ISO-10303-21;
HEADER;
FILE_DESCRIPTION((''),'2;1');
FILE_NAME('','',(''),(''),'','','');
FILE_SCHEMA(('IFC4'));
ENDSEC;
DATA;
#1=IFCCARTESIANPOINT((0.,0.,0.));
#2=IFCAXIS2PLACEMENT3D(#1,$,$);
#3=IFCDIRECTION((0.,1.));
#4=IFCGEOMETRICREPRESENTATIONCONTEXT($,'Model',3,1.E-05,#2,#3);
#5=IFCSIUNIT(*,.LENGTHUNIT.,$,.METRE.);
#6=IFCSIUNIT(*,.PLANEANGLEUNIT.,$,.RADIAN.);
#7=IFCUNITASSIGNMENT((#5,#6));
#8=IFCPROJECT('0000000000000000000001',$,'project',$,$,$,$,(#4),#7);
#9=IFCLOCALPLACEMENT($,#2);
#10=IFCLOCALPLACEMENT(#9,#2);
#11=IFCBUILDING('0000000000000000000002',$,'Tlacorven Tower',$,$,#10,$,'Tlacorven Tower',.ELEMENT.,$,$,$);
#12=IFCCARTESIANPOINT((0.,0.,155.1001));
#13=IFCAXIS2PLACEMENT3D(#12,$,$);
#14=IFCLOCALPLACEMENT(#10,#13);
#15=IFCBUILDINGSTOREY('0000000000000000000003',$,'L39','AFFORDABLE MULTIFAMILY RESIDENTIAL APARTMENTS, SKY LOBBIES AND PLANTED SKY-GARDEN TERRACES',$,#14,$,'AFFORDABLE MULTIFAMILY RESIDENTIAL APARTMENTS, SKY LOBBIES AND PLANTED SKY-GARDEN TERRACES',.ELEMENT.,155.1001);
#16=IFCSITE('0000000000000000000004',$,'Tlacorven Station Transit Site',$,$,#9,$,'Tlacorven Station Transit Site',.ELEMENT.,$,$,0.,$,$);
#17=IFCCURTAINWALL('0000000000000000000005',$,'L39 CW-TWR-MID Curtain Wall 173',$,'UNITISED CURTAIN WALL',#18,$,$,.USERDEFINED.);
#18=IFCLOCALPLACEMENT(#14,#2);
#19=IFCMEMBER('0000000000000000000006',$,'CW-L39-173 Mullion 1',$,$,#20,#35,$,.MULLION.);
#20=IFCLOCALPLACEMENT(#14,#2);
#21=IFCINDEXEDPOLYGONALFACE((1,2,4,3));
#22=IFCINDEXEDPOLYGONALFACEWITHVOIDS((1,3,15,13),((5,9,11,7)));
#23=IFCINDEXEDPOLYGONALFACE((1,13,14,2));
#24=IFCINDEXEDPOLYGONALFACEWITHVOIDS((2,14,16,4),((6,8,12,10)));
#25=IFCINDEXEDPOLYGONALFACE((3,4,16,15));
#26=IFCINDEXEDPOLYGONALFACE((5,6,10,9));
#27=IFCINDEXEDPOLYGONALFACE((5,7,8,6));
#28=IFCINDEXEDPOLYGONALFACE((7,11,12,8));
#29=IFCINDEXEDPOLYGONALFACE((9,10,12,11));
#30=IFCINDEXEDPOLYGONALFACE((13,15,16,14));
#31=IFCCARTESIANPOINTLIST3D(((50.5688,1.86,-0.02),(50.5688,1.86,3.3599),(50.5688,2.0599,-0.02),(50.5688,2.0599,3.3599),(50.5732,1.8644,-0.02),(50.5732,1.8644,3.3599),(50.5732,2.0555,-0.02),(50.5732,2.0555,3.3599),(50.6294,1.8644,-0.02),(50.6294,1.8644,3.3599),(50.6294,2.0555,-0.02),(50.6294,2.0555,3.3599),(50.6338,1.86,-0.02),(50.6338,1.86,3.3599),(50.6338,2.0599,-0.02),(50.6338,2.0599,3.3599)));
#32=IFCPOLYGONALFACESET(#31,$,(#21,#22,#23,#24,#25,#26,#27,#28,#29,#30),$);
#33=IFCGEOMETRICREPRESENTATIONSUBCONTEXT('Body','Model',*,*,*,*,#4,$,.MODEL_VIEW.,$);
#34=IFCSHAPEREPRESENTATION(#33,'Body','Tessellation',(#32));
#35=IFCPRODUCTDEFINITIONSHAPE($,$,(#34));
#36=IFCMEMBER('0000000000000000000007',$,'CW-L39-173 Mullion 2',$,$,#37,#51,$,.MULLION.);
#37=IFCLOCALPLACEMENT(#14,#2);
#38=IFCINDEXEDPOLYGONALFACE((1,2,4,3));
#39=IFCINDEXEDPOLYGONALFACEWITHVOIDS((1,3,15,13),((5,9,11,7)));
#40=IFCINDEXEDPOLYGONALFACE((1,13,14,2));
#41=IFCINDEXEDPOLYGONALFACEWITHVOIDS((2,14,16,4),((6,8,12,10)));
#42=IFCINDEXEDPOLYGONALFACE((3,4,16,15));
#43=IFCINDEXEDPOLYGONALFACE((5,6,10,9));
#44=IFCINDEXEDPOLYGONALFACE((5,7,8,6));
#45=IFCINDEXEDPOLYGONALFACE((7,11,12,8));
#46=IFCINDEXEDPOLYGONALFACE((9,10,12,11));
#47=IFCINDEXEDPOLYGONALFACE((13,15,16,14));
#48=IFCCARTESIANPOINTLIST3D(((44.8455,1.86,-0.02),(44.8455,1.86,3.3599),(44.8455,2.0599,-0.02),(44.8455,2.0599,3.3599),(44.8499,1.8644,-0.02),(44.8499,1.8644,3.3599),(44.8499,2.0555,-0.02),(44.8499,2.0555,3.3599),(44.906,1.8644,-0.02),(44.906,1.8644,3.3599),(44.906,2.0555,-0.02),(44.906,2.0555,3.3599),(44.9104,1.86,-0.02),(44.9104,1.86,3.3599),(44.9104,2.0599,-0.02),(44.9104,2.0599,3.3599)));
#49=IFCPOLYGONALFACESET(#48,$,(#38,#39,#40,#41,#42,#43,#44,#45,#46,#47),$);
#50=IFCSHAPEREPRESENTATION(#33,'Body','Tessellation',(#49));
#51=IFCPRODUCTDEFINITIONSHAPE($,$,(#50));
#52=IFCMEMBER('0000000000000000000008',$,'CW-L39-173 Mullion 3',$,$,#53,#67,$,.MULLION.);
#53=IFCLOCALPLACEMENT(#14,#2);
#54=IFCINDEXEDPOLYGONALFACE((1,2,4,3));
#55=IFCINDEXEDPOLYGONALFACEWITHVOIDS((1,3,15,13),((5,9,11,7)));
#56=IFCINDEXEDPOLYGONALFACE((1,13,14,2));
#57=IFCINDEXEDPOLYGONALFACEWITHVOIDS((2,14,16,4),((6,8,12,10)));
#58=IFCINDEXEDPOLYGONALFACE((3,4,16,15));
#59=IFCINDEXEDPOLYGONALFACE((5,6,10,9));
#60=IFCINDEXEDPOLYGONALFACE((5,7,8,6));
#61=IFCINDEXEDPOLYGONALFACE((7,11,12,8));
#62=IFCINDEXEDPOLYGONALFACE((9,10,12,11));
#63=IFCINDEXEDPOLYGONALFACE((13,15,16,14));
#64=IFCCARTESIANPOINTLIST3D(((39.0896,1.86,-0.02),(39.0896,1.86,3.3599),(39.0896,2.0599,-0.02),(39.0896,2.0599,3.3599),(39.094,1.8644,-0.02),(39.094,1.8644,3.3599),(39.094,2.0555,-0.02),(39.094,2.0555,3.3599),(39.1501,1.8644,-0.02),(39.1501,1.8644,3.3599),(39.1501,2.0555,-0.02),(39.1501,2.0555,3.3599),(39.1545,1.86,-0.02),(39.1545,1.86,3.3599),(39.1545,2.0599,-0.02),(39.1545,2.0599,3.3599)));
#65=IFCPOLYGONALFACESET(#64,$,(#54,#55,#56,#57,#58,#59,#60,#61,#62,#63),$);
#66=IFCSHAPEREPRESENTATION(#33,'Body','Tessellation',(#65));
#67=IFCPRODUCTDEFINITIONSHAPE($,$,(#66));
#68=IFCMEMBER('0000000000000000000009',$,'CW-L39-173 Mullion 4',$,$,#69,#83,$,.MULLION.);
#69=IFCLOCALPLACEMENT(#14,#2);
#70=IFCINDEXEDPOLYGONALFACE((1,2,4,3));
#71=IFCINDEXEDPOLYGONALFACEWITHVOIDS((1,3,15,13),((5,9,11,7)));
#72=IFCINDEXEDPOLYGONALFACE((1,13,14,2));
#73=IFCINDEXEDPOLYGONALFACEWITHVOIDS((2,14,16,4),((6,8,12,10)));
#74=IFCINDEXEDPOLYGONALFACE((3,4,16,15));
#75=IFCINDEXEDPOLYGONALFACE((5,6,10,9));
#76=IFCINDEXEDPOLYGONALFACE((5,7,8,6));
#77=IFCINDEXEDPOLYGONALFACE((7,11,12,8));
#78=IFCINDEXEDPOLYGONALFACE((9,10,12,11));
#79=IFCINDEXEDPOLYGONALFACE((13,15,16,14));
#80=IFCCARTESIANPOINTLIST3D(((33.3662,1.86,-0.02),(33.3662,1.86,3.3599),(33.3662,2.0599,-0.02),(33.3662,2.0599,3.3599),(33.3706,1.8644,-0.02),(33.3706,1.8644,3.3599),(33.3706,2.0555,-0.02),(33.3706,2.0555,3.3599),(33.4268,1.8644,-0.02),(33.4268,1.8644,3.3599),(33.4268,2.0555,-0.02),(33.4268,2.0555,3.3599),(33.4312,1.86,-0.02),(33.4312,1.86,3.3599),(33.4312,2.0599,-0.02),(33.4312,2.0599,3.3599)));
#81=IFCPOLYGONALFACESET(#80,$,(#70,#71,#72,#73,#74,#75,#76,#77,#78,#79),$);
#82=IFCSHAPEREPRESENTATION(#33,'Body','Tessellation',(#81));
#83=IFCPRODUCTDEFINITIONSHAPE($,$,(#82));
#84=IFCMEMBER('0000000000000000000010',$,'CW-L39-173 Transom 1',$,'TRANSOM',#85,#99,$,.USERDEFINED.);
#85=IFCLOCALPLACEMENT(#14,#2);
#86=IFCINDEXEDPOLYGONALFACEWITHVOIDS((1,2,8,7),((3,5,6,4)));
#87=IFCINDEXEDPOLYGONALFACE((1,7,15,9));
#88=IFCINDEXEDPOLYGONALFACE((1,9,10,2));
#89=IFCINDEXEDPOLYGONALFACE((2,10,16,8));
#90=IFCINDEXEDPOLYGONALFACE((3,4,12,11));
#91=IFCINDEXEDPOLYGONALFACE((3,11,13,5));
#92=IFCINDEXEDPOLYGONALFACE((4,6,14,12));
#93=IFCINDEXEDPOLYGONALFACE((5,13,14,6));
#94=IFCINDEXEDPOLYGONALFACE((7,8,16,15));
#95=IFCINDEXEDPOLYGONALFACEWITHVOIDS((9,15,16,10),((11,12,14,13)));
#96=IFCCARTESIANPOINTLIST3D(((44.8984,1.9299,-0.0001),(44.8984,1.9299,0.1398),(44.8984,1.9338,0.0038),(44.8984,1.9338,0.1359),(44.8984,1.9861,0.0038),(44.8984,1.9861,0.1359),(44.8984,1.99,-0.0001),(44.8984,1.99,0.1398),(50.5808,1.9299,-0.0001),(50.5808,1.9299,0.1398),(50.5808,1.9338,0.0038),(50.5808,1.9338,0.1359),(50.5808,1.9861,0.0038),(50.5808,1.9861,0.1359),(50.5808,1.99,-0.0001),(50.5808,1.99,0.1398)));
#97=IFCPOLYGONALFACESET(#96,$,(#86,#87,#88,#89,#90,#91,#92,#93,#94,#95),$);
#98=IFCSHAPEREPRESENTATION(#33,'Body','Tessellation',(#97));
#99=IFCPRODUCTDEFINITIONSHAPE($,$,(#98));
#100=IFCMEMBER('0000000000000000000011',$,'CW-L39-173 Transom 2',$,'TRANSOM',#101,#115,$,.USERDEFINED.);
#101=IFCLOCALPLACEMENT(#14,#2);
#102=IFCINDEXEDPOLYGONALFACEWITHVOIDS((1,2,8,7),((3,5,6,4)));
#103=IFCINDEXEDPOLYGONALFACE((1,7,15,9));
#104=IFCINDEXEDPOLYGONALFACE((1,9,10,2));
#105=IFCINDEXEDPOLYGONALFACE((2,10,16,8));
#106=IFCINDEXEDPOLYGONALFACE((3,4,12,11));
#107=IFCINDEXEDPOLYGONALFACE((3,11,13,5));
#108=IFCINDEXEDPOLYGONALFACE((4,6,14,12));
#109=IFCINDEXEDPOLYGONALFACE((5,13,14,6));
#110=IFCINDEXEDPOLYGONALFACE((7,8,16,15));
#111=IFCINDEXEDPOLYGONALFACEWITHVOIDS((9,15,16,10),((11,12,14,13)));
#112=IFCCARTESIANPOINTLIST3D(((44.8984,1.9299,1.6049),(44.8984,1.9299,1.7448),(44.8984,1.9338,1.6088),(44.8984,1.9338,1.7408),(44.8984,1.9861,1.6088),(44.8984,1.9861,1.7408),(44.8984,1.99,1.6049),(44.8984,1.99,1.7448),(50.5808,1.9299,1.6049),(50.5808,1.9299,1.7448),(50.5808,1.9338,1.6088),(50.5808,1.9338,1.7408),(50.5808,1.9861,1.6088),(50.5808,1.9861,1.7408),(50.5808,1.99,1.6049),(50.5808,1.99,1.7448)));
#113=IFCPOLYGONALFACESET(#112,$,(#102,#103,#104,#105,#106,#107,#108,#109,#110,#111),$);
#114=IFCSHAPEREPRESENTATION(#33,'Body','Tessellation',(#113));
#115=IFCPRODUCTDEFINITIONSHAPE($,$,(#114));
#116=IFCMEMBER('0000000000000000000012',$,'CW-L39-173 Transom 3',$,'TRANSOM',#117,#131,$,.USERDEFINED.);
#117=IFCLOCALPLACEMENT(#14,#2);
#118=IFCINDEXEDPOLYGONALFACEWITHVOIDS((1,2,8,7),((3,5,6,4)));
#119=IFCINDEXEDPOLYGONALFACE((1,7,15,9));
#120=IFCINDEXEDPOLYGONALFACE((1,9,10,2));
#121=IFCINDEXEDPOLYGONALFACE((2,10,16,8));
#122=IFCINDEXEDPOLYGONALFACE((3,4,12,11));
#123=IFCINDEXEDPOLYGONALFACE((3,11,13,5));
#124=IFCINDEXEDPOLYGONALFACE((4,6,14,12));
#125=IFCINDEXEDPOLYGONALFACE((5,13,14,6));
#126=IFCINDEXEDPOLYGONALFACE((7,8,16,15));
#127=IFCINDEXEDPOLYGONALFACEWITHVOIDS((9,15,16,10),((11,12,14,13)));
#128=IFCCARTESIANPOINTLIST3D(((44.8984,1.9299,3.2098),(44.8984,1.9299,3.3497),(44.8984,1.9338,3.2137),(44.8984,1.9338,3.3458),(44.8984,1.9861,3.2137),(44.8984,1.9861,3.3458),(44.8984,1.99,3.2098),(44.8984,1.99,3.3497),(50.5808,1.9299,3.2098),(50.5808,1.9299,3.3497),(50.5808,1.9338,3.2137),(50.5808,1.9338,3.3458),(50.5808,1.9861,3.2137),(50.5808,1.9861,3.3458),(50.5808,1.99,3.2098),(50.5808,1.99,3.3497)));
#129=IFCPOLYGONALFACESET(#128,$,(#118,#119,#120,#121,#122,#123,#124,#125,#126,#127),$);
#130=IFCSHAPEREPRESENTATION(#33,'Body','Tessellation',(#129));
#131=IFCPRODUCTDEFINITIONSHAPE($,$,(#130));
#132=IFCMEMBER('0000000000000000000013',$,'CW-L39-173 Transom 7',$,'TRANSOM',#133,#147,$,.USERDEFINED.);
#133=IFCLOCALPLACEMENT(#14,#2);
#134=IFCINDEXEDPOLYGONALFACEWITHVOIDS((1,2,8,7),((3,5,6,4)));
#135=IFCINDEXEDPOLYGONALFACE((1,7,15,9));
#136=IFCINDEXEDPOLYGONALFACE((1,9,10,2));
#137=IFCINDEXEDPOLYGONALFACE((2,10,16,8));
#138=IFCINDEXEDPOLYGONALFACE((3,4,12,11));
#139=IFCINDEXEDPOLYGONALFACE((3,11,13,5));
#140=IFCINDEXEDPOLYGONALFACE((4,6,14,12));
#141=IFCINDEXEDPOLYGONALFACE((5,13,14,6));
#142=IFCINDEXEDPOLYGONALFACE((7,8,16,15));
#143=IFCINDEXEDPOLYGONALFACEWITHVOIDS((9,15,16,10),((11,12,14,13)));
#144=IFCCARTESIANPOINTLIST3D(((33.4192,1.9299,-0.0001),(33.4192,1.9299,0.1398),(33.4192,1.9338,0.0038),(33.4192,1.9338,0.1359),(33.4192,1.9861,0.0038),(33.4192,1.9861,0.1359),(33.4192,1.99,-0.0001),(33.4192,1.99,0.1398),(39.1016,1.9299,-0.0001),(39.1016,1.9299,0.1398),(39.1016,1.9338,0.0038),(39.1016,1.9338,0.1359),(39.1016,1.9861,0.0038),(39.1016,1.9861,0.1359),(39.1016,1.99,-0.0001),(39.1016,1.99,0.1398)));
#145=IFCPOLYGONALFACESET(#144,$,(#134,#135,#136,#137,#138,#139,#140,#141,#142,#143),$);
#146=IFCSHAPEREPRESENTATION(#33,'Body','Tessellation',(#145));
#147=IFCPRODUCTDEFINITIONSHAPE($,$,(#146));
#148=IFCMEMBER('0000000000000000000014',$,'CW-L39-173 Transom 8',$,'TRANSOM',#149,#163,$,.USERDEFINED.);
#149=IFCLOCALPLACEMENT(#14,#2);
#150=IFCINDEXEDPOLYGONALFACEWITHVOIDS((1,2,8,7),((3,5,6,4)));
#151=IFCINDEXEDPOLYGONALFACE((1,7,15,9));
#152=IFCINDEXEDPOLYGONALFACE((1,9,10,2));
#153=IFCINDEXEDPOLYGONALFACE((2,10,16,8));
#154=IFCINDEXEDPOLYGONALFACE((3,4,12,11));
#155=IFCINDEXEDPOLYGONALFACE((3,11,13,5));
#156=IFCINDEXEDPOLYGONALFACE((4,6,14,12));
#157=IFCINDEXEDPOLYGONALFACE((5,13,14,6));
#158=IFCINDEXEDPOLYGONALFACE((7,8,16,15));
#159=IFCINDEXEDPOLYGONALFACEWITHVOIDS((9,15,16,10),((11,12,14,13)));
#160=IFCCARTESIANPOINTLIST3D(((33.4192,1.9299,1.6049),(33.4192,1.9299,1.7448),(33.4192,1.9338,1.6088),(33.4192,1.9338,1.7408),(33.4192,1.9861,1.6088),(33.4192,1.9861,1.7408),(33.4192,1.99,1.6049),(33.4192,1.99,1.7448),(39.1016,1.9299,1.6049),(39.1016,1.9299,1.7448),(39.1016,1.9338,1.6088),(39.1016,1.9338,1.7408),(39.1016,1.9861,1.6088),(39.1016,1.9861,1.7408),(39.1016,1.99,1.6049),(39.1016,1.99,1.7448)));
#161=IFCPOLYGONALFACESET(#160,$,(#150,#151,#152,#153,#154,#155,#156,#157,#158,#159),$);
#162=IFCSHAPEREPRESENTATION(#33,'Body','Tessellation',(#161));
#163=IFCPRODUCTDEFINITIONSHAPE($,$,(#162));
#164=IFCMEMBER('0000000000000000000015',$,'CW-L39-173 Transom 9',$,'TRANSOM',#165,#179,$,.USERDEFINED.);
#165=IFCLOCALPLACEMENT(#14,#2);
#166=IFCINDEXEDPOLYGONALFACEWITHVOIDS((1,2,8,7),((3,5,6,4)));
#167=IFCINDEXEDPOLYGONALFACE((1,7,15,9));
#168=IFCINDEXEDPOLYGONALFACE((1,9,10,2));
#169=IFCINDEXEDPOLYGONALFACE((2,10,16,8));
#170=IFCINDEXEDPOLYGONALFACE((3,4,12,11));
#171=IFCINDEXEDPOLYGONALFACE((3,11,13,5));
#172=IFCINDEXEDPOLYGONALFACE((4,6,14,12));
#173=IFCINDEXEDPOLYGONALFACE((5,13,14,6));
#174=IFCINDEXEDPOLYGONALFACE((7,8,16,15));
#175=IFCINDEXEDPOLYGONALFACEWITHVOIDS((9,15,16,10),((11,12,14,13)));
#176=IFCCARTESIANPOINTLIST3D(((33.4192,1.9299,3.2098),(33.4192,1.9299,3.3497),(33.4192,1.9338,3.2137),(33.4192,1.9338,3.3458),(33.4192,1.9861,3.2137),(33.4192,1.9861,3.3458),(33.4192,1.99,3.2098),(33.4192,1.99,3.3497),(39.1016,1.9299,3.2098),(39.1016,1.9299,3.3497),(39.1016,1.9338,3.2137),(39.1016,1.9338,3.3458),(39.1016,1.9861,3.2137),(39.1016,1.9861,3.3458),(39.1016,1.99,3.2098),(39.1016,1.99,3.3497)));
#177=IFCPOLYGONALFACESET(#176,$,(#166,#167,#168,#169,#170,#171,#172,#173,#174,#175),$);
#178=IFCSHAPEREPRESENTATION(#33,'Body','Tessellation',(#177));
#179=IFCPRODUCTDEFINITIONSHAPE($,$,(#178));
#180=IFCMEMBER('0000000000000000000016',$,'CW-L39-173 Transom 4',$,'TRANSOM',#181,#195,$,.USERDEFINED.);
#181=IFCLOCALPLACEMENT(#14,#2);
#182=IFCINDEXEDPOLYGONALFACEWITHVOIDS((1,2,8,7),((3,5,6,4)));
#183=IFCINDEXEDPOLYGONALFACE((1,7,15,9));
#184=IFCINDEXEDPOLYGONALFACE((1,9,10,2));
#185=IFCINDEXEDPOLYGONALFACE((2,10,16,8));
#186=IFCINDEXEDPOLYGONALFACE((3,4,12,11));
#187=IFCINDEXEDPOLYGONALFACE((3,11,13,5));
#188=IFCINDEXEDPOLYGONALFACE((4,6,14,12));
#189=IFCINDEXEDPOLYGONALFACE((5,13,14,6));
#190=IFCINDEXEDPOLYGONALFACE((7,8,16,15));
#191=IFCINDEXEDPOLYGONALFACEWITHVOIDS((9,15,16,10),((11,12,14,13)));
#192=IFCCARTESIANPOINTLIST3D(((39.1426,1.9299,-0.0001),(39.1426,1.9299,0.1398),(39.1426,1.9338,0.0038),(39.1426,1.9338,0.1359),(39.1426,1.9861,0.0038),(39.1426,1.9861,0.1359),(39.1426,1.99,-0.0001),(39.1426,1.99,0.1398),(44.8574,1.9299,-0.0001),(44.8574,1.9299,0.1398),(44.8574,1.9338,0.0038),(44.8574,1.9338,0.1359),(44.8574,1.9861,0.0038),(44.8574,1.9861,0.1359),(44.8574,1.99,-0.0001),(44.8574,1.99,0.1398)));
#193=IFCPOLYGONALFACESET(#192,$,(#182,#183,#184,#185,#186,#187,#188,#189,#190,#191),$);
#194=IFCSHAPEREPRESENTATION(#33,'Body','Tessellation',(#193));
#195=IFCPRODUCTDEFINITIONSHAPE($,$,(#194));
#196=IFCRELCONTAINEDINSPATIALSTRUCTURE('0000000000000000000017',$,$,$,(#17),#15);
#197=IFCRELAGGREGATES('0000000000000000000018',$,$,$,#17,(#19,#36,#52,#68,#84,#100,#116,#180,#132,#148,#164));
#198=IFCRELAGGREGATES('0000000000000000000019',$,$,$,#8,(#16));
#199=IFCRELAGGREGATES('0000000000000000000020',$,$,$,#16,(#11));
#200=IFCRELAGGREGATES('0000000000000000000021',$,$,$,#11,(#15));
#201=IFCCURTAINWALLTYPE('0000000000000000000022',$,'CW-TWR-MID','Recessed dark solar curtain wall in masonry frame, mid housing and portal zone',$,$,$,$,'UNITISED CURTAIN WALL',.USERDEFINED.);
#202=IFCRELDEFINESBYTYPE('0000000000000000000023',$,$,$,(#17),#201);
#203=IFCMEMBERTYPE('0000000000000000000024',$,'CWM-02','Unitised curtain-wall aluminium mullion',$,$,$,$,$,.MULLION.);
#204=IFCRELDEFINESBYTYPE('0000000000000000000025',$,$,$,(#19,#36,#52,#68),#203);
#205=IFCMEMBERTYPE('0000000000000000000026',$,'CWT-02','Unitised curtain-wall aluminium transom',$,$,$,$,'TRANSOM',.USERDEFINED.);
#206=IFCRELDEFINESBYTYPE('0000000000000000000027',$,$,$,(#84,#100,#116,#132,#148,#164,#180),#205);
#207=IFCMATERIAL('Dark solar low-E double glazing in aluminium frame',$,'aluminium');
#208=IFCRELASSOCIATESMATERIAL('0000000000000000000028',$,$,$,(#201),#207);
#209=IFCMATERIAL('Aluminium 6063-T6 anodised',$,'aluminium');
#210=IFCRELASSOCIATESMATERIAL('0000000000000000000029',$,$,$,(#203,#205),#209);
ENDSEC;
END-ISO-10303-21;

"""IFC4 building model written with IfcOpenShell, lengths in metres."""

from ifc_helpers import new_model, si_unit, direction, frame, origin, origin_2d, place, context, subcontext, project, spatial, hollow_rectangle, extrude, source, transform, mapped, material, material_profile, profile_set, type_object, element, aggregate, save


model = new_model("IFC4")

# Units and contexts
model_context = context("Model", 3, precision=1e-05, world=origin(), true_north=direction((0.0, 1.0)))
body_context = subcontext(model_context, "Body", "Model", "MODEL_VIEW")
ifc_project = project(units=[si_unit("LENGTHUNIT", "METRE"), si_unit("PLANEANGLEUNIT", "RADIAN")], contexts=[model_context])

# Site, building, storey
site_placement = place(None, origin())
site = spatial("IfcSite", under=ifc_project, at=site_placement, Name="Tlacorven Station Transit Site", LongName="Tlacorven Station Transit Site", CompositionType="ELEMENT", RefElevation=0.0)
building_placement = place(site_placement, origin())
building = spatial("IfcBuilding", under=site, at=building_placement, Name="Tlacorven Tower", LongName="Tlacorven Tower", CompositionType="ELEMENT")
storey_placement = place(building_placement, frame((0.0, 0.0, 155.1001)))
storey = spatial("IfcBuildingStorey", under=building, at=storey_placement, Name="L39", Description="AFFORDABLE MULTIFAMILY RESIDENTIAL APARTMENTS, SKY LOBBIES AND PLANTED SKY-GARDEN TERRACES", LongName="AFFORDABLE MULTIFAMILY RESIDENTIAL APARTMENTS, SKY LOBBIES AND PLANTED SKY-GARDEN TERRACES", CompositionType="ELEMENT", Elevation=155.1001)

# Curtain wall, members
ifc_material_1 = material(Name="Dark solar low-E double glazing in aluminium frame", Category="aluminium")
curtain_wall_type = type_object("IfcCurtainWallType", Name="CW-TWR-MID", Description="Recessed dark solar curtain wall in masonry frame, mid housing and portal zone", ElementType="UNITISED CURTAIN WALL", PredefinedType="USERDEFINED", material=ifc_material_1)
curtain_wall_placement = place(storey_placement, origin())
curtain_wall = element("IfcCurtainWall", 1, at=curtain_wall_placement, inside=storey, type_object=curtain_wall_type, Name="L39 CW-TWR-MID Curtain Wall 173", ObjectType="UNITISED CURTAIN WALL", PredefinedType="USERDEFINED")
ifc_material_2 = material(Name="Aluminium 6063-T6 anodised", Category="aluminium")
ifc_material_profile_1 = material_profile(ifc_material_2, hollow_rectangle(XDim=0.0649, YDim=0.2, WallThickness=0.0044, at=origin_2d()), Name="ALU MULLION 65X200")
ifc_profile_set_1 = profile_set([ifc_material_profile_1], Name="Aluminium 6063-T6 anodised")
member_type_1 = type_object("IfcMemberType", Name="CWM-02", Description="Unitised curtain-wall aluminium mullion", PredefinedType="MULLION", material=ifc_profile_set_1)
shared_shape_1 = source(origin(), body_context, "Body", "SweptSolid", [
    extrude(hollow_rectangle(XDim=0.0649, YDim=0.2, WallThickness=0.0044, at=origin_2d()), origin(), (0.0, 0.0, 1.0), 3.3799),
])
member_1_placement = place(storey_placement, frame((50.6013, 1.96, -0.02), z_axis=(0.0, 0.0, 1.0), x_axis=(-1.0, 0.0, 0.0)))
member_1 = element("IfcMember", 2, at=member_1_placement, type_object=member_type_1, Name="CW-L39-173 Mullion 1", PredefinedType="MULLION", context=body_context, shape_type="MappedRepresentation", body=[
    mapped(shared_shape_1, transform((0.0, 0.0, 0.0), scale=1.0)),
])
member_2_placement = place(storey_placement, frame((44.8779, 1.96, -0.02), z_axis=(0.0, 0.0, 1.0), x_axis=(-1.0, 0.0, 0.0)))
member_2 = element("IfcMember", 3, at=member_2_placement, type_object=member_type_1, Name="CW-L39-173 Mullion 2", PredefinedType="MULLION", context=body_context, shape_type="MappedRepresentation", body=[
    mapped(shared_shape_1, transform((0.0, 0.0, 0.0), scale=1.0)),
])
member_3_placement = place(storey_placement, frame((39.1221, 1.96, -0.02), z_axis=(0.0, 0.0, 1.0), x_axis=(-1.0, 0.0, 0.0)))
member_3 = element("IfcMember", 4, at=member_3_placement, type_object=member_type_1, Name="CW-L39-173 Mullion 3", PredefinedType="MULLION", context=body_context, shape_type="MappedRepresentation", body=[
    mapped(shared_shape_1, transform((0.0, 0.0, 0.0), scale=1.0)),
])
member_4_placement = place(storey_placement, frame((33.3987, 1.96, -0.02), z_axis=(0.0, 0.0, 1.0), x_axis=(-1.0, 0.0, 0.0)))
member_4 = element("IfcMember", 5, at=member_4_placement, type_object=member_type_1, Name="CW-L39-173 Mullion 4", PredefinedType="MULLION", context=body_context, shape_type="MappedRepresentation", body=[
    mapped(shared_shape_1, transform((0.0, 0.0, 0.0), scale=1.0)),
])
ifc_material_profile_2 = material_profile(ifc_material_2, hollow_rectangle(XDim=0.0601, YDim=0.1399, WallThickness=0.0039, at=origin_2d()), Name="ALU TRANSOM 60X140")
ifc_profile_set_2 = profile_set([ifc_material_profile_2], Name="Aluminium 6063-T6 anodised")
member_type_2 = type_object("IfcMemberType", Name="CWT-02", Description="Unitised curtain-wall aluminium transom", ElementType="TRANSOM", PredefinedType="USERDEFINED", material=ifc_profile_set_2)
shared_shape_2 = source(origin(), body_context, "Body", "SweptSolid", [
    extrude(hollow_rectangle(XDim=0.0601, YDim=0.1399, WallThickness=0.0039, at=origin_2d()), origin(), (0.0, 0.0, 1.0), 5.6824),
])
member_5_placement = place(storey_placement, frame((50.5808, 1.96, 0.0698), z_axis=(-1.0, 0.0, 0.0), x_axis=(0.0, -1.0, 0.0)))
member_5 = element("IfcMember", 6, at=member_5_placement, type_object=member_type_2, Name="CW-L39-173 Transom 1", ObjectType="TRANSOM", PredefinedType="USERDEFINED", context=body_context, shape_type="MappedRepresentation", body=[
    mapped(shared_shape_2, transform((0.0, 0.0, 0.0), scale=1.0)),
])
member_6_placement = place(storey_placement, frame((50.5808, 1.96, 1.6748), z_axis=(-1.0, 0.0, 0.0), x_axis=(0.0, -1.0, 0.0)))
member_6 = element("IfcMember", 7, at=member_6_placement, type_object=member_type_2, Name="CW-L39-173 Transom 2", ObjectType="TRANSOM", PredefinedType="USERDEFINED", context=body_context, shape_type="MappedRepresentation", body=[
    mapped(shared_shape_2, transform((0.0, 0.0, 0.0), scale=1.0)),
])
member_7_placement = place(storey_placement, frame((50.5808, 1.96, 3.2798), z_axis=(-1.0, 0.0, 0.0), x_axis=(0.0, -1.0, 0.0)))
member_7 = element("IfcMember", 8, at=member_7_placement, type_object=member_type_2, Name="CW-L39-173 Transom 3", ObjectType="TRANSOM", PredefinedType="USERDEFINED", context=body_context, shape_type="MappedRepresentation", body=[
    mapped(shared_shape_2, transform((0.0, 0.0, 0.0), scale=1.0)),
])
member_8_placement = place(storey_placement, frame((39.1016, 1.96, 0.0698), z_axis=(-1.0, 0.0, 0.0), x_axis=(0.0, -1.0, 0.0)))
member_8 = element("IfcMember", 9, at=member_8_placement, type_object=member_type_2, Name="CW-L39-173 Transom 7", ObjectType="TRANSOM", PredefinedType="USERDEFINED", context=body_context, shape_type="MappedRepresentation", body=[
    mapped(shared_shape_2, transform((0.0, 0.0, 0.0), scale=1.0)),
])
member_9_placement = place(storey_placement, frame((39.1016, 1.96, 1.6748), z_axis=(-1.0, 0.0, 0.0), x_axis=(0.0, -1.0, 0.0)))
member_9 = element("IfcMember", 10, at=member_9_placement, type_object=member_type_2, Name="CW-L39-173 Transom 8", ObjectType="TRANSOM", PredefinedType="USERDEFINED", context=body_context, shape_type="MappedRepresentation", body=[
    mapped(shared_shape_2, transform((0.0, 0.0, 0.0), scale=1.0)),
])
member_10_placement = place(storey_placement, frame((39.1016, 1.96, 3.2798), z_axis=(-1.0, 0.0, 0.0), x_axis=(0.0, -1.0, 0.0)))
member_10 = element("IfcMember", 11, at=member_10_placement, type_object=member_type_2, Name="CW-L39-173 Transom 9", ObjectType="TRANSOM", PredefinedType="USERDEFINED", context=body_context, shape_type="MappedRepresentation", body=[
    mapped(shared_shape_2, transform((0.0, 0.0, 0.0), scale=1.0)),
])
shared_shape_3 = source(origin(), body_context, "Body", "SweptSolid", [
    extrude(hollow_rectangle(XDim=0.0601, YDim=0.1399, WallThickness=0.0039, at=origin_2d()), origin(), (0.0, 0.0, 1.0), 5.7148),
])
member_11_placement = place(storey_placement, frame((44.8574, 1.96, 0.0698), z_axis=(-1.0, 0.0, 0.0), x_axis=(0.0, -1.0, 0.0)))
member_11 = element("IfcMember", 12, at=member_11_placement, type_object=member_type_2, Name="CW-L39-173 Transom 4", ObjectType="TRANSOM", PredefinedType="USERDEFINED", context=body_context, shape_type="MappedRepresentation", body=[
    mapped(shared_shape_3, transform((0.0, 0.0, 0.0), scale=1.0)),
])
aggregate(curtain_wall, [member_1, member_2, member_3, member_4, member_5, member_6, member_7, member_11, member_8, member_9, member_10])

save(model, "model.ifc")
